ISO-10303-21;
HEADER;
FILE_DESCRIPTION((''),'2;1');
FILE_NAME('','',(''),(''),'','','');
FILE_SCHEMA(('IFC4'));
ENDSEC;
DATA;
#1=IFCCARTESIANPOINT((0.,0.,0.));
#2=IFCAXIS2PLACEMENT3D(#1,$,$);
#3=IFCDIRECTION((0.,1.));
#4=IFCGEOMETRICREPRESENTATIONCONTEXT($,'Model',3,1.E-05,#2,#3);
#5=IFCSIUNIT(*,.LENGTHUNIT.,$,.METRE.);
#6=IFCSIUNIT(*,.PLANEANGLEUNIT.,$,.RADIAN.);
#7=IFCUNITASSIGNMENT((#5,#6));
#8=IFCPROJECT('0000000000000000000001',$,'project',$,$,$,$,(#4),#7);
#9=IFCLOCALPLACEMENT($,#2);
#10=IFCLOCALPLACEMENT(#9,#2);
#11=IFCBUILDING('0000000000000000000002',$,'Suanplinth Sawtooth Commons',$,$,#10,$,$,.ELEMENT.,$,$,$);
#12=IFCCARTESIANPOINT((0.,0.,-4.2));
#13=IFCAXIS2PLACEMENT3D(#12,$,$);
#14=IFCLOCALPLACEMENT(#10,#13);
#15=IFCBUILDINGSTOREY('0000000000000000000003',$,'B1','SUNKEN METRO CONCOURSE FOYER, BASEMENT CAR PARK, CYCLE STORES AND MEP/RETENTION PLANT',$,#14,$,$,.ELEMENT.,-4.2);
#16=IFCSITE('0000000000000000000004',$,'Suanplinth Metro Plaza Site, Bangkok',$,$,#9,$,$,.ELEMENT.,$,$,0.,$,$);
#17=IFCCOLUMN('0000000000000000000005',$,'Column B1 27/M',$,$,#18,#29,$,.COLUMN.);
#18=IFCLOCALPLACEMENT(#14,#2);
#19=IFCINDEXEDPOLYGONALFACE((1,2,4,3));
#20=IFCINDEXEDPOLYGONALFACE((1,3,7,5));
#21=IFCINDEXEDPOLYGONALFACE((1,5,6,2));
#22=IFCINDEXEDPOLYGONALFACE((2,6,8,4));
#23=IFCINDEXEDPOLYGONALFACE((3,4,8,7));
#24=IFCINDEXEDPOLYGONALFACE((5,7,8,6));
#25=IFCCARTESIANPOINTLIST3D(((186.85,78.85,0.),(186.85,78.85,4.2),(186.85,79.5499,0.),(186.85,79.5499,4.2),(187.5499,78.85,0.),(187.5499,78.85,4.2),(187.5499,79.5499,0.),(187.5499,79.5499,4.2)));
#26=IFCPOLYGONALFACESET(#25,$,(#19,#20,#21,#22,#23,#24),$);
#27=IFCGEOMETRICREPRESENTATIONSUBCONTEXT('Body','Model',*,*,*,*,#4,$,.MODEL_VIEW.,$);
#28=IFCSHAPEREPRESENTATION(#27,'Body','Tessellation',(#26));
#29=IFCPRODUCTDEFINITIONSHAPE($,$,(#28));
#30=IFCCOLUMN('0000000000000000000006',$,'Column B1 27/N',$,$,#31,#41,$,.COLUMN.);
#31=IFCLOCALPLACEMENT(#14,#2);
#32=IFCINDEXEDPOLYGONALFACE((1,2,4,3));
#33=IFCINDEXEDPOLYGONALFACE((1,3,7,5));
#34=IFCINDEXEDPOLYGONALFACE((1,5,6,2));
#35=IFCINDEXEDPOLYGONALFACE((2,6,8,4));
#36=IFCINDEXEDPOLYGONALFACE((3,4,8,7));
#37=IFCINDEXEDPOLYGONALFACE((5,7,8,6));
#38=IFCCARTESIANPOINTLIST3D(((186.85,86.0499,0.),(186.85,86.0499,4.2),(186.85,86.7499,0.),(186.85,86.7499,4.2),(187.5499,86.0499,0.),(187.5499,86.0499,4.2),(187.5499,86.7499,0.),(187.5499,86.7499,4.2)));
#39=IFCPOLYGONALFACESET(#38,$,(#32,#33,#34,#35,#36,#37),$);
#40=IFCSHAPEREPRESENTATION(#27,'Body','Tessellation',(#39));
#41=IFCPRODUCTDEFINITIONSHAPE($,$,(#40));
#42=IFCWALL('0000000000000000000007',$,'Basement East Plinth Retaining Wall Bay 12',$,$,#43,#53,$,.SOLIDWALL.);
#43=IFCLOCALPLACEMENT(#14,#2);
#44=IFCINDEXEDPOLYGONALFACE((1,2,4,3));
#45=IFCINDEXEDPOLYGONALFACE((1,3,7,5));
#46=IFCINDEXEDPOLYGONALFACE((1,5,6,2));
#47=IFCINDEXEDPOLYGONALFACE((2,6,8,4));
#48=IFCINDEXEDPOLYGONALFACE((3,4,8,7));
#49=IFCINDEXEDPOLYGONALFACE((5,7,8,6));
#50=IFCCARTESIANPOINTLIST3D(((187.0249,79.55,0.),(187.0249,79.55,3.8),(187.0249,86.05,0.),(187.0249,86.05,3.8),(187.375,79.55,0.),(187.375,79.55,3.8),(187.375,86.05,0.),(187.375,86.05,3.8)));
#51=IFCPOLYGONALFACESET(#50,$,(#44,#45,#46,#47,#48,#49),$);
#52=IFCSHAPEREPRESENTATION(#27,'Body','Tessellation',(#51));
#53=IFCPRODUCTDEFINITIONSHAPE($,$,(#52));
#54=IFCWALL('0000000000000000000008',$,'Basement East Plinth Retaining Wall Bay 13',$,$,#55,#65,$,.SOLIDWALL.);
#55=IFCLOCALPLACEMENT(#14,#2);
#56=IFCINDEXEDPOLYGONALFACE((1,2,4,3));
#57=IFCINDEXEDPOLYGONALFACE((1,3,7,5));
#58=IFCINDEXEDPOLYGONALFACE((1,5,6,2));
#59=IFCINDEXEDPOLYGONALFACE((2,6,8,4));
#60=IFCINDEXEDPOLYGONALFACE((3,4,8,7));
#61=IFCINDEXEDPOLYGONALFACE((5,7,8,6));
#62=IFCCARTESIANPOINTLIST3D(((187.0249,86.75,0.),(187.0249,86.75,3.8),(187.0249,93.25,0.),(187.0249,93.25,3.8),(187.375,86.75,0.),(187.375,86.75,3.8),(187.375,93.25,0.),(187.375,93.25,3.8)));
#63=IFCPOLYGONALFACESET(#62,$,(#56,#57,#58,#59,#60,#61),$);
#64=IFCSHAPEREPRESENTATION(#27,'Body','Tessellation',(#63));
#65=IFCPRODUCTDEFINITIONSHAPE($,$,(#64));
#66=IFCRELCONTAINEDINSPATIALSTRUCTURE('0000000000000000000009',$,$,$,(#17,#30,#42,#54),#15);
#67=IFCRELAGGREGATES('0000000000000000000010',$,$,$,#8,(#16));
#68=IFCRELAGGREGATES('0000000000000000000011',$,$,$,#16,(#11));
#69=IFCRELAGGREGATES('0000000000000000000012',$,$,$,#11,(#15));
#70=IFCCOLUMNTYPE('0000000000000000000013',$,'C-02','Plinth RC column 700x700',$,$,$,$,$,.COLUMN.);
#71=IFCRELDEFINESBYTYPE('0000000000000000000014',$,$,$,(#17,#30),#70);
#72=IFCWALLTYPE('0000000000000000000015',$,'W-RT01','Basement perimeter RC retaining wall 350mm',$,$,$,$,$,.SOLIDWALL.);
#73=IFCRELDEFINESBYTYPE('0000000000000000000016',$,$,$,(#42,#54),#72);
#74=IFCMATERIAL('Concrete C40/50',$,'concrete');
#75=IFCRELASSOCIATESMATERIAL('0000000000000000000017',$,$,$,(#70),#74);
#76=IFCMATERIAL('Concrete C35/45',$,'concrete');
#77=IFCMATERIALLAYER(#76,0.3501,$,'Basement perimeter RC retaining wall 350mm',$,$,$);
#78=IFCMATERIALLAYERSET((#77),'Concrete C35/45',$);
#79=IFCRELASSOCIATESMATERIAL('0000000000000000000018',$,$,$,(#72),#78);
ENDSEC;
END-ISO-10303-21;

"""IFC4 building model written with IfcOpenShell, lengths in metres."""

from ifc_helpers import new_model, si_unit, direction, frame, frame_2d, origin, origin_2d, place, context, subcontext, project, spatial, rectangle, extrude, material, layer, layer_set, material_profile, profile_set, type_object, element, save


model = new_model("IFC4")

# Units and contexts
model_context = context("Model", 3, precision=1e-05, world=origin(), true_north=direction((0.0, 1.0)))
body_context = subcontext(model_context, "Body", "Model", "MODEL_VIEW")
ifc_project = project(units=[si_unit("LENGTHUNIT", "METRE"), si_unit("PLANEANGLEUNIT", "RADIAN")], contexts=[model_context])

# Site, building, storey
site_placement = place(None, origin())
site = spatial("IfcSite", under=ifc_project, at=site_placement, Name="Suanplinth Metro Plaza Site, Bangkok", CompositionType="ELEMENT", RefElevation=0.0)
building_placement = place(site_placement, origin())
building = spatial("IfcBuilding", under=site, at=building_placement, Name="Suanplinth Sawtooth Commons", CompositionType="ELEMENT")
storey_placement = place(building_placement, frame((0.0, 0.0, -4.2)))
storey = spatial("IfcBuildingStorey", under=building, at=storey_placement, Name="B1", Description="SUNKEN METRO CONCOURSE FOYER, BASEMENT CAR PARK, CYCLE STORES AND MEP/RETENTION PLANT", CompositionType="ELEMENT", Elevation=-4.2)

# Shared definitions
ifc_material_1 = material(Name="Concrete C35/45", Category="concrete")

# Columns
ifc_material_2 = material(Name="Concrete C40/50", Category="concrete")
ifc_material_profile_1 = material_profile(ifc_material_2, rectangle(XDim=0.7, YDim=0.7, at=origin_2d()), Name="RC-COL 700x700")
ifc_profile_set_1 = profile_set([ifc_material_profile_1], Name="Concrete C40/50")
column_type = type_object("IfcColumnType", Name="C-02", Description="Plinth RC column 700x700", PredefinedType="COLUMN", material=ifc_profile_set_1)
for number, where, z_axis, x_axis, name in (
    (1, (187.2, 79.2, 0.0), (0.0, 0.0, 1.0), (1.0, 0.0, 0.0), "Column B1 27/M"),
    (2, (187.2, 86.3999, 0.0), (0.0, 0.0, 1.0), (1.0, 0.0, 0.0), "Column B1 27/N"),
):
    element("IfcColumn", number, at=place(storey_placement, frame(where, z_axis=z_axis, x_axis=x_axis)), inside=storey, type_object=column_type, Name=name, PredefinedType="COLUMN", context=body_context, shape_type="SweptSolid", body=[
        extrude(rectangle(XDim=0.7, YDim=0.7, at=origin_2d()), origin(), (0.0, 0.0, 1.0), 4.2),
    ])

# Walls
ifc_layer = layer(ifc_material_1, 0.3501, Name="Basement perimeter RC retaining wall 350mm")
ifc_layer_set = layer_set([ifc_layer], Name="Concrete C35/45")
wall_type = type_object("IfcWallType", Name="W-RT01", Description="Basement perimeter RC retaining wall 350mm", PredefinedType="SOLIDWALL", material=ifc_layer_set)
for number, where, z_axis, x_axis, name in (
    (3, (187.2, 79.55, 0.0), (0.0, 0.0, 1.0), (0.0, 1.0, 0.0), "Basement East Plinth Retaining Wall Bay 12"),
    (4, (187.2, 86.75, 0.0), (0.0, 0.0, 1.0), (0.0, 1.0, 0.0), "Basement East Plinth Retaining Wall Bay 13"),
):
    element("IfcWall", number, at=place(storey_placement, frame(where, z_axis=z_axis, x_axis=x_axis)), inside=storey, type_object=wall_type, Name=name, PredefinedType="SOLIDWALL", context=body_context, shape_type="SweptSolid", body=[
        extrude(rectangle(XDim=6.5, YDim=0.3501, at=frame_2d((3.25, 0.0))), origin(), (0.0, 0.0, 1.0), 3.8),
    ])

save(model, "model.ifc")
